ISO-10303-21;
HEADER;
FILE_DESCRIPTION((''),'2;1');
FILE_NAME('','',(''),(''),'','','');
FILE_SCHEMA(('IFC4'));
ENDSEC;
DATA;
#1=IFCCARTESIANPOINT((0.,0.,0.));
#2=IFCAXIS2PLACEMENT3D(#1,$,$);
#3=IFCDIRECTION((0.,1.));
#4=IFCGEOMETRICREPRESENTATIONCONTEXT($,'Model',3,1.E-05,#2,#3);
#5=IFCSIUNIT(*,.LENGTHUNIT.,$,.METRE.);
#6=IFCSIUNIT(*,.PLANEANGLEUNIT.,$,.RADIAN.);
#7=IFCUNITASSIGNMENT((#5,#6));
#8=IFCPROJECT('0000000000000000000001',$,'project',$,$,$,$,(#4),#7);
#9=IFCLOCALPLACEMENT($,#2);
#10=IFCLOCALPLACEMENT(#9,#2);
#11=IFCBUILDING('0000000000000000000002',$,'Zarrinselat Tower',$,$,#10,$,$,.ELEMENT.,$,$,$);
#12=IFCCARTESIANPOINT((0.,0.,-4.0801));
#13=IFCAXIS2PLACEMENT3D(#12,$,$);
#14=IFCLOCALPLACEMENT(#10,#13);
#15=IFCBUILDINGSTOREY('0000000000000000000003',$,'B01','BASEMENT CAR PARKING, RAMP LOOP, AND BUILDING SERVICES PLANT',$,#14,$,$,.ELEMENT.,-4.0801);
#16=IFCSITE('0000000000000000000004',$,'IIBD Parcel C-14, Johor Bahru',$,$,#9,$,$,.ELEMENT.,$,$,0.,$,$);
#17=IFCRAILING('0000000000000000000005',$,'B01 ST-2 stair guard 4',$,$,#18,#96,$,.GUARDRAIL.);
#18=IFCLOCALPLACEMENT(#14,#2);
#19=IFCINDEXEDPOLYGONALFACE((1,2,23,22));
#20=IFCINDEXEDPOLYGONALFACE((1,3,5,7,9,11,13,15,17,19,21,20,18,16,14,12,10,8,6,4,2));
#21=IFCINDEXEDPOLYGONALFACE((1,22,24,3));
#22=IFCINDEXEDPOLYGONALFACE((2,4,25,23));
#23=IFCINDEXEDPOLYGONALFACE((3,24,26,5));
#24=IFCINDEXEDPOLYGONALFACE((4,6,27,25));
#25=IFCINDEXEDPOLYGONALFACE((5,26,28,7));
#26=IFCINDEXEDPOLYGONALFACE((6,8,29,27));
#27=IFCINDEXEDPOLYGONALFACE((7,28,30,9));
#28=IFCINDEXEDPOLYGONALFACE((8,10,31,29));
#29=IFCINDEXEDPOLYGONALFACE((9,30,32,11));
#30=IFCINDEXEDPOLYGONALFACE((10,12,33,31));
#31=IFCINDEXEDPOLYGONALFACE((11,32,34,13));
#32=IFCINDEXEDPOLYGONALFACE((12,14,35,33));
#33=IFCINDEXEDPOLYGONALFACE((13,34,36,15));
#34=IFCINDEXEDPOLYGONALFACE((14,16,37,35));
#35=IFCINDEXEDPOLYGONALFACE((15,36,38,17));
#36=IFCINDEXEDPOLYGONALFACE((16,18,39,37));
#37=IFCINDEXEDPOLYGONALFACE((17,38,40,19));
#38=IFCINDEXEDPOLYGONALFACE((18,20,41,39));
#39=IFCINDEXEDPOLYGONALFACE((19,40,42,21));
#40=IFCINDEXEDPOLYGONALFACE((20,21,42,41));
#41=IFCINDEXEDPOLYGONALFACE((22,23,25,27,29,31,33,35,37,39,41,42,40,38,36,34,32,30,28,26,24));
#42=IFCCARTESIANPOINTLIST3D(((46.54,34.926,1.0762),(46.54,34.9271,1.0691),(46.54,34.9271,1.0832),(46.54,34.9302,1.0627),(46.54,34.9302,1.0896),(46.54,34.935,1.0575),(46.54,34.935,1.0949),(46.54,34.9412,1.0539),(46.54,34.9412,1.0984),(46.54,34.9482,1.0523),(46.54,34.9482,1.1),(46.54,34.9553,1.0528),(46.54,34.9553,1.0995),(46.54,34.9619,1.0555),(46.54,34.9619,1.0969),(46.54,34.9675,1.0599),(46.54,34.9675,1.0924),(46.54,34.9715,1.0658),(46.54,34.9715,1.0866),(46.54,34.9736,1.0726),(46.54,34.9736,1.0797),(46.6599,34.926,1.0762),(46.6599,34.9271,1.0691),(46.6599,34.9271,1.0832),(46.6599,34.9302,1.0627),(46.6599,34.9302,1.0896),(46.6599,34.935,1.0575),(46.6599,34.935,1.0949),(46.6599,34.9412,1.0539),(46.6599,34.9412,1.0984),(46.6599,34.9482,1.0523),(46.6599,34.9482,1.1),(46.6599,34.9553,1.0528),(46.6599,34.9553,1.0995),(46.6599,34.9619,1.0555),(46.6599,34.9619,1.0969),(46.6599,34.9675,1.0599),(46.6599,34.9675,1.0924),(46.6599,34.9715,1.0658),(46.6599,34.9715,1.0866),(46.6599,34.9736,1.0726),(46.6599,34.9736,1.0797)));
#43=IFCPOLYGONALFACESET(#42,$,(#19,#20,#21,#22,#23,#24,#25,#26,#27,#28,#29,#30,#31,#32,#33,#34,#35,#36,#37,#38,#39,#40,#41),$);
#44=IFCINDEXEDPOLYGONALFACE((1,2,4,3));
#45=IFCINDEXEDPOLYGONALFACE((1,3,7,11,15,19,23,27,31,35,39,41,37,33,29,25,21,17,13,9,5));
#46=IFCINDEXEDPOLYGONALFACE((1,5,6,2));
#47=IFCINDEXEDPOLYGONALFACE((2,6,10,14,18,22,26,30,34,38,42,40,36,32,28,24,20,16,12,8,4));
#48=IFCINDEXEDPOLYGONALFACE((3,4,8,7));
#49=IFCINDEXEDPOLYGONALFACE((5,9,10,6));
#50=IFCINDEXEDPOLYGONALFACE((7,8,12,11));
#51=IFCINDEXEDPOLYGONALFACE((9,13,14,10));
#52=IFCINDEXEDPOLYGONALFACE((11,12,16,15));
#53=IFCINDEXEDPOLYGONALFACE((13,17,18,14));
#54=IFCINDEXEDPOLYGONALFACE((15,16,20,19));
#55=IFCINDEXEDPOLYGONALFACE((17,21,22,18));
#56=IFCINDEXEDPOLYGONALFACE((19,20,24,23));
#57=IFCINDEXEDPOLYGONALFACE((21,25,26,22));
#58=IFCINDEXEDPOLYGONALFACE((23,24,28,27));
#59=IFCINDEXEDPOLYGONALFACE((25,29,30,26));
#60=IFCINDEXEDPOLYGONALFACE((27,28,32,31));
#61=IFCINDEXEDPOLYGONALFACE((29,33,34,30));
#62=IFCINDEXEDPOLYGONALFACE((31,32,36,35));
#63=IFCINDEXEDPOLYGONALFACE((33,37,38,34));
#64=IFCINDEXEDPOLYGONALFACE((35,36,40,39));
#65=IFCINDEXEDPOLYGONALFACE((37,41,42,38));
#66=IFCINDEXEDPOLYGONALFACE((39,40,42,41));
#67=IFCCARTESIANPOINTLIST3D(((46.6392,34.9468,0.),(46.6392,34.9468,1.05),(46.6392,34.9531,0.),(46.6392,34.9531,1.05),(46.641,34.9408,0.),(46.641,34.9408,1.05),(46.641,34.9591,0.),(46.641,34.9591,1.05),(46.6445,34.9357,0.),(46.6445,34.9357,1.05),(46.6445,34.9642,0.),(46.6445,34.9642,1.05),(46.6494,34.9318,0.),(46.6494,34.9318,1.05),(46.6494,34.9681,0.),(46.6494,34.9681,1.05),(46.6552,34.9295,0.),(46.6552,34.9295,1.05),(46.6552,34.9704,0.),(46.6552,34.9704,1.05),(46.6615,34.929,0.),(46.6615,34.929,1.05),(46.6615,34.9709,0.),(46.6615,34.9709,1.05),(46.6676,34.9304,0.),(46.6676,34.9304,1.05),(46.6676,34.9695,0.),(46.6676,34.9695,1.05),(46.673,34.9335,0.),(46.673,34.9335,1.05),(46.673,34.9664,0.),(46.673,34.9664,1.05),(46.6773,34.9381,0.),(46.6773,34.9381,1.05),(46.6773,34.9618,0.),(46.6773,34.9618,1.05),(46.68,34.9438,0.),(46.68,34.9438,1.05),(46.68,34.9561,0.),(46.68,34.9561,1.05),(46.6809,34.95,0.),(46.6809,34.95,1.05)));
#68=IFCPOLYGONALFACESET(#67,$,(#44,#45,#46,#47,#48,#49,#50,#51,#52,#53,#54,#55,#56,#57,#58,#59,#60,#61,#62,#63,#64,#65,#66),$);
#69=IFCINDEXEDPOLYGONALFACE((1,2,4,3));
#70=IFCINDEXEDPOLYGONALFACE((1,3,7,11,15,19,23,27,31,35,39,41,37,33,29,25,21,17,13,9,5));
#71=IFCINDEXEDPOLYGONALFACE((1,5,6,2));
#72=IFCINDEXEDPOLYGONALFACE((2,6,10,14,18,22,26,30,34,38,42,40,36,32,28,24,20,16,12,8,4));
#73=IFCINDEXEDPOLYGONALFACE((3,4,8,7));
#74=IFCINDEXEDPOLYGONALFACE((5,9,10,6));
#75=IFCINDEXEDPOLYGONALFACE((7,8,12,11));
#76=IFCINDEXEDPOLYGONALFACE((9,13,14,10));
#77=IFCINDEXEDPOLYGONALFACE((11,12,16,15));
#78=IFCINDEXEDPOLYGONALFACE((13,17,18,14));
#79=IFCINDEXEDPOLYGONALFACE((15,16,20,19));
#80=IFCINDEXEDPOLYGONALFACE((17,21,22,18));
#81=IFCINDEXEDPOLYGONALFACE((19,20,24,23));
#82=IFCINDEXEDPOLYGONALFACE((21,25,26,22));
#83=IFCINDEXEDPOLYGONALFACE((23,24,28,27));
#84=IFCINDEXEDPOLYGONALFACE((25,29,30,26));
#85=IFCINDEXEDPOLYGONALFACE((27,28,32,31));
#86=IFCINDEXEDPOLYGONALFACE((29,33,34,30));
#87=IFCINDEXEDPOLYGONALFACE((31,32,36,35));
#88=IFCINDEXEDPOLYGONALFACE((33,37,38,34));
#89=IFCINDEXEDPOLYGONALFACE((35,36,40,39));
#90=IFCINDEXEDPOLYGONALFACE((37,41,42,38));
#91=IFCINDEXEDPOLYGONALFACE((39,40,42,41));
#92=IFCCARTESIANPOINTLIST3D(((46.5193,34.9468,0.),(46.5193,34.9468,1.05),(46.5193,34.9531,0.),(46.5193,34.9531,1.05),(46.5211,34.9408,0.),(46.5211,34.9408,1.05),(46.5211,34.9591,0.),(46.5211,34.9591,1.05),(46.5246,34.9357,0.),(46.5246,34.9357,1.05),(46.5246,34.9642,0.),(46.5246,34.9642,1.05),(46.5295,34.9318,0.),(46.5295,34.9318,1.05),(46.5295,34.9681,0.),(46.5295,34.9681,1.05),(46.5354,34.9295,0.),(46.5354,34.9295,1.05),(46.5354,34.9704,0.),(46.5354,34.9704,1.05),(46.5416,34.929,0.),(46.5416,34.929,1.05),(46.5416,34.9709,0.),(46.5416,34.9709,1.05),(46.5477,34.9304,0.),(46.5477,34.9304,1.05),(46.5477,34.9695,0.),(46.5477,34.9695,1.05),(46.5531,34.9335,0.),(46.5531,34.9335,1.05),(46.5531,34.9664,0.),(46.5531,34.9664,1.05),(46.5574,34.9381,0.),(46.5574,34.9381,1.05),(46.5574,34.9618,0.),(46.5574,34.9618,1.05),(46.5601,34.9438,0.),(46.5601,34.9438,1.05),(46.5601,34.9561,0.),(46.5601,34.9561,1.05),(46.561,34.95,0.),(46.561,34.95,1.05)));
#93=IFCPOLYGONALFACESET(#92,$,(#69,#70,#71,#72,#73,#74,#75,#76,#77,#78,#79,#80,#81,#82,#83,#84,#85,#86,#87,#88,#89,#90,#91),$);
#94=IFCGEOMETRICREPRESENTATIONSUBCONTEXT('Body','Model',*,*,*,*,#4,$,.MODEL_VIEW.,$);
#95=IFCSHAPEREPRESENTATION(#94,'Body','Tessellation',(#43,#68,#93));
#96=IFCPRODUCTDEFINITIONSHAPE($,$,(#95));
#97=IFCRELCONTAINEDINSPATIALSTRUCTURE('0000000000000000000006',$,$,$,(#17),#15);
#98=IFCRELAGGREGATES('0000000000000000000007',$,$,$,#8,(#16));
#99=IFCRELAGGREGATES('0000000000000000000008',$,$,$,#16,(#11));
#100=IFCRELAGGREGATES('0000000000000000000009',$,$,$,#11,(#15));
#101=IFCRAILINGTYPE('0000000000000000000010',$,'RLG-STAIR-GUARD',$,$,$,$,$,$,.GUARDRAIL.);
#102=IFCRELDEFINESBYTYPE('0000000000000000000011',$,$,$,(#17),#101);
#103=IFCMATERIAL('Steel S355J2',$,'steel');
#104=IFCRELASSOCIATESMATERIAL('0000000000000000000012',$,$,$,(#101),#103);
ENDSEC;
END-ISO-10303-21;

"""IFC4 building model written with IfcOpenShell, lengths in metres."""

from ifc_helpers import new_model, si_unit, direction, frame, origin, origin_2d, place, context, subcontext, project, spatial, circle, extrude, material, type_object, element, save


model = new_model("IFC4")

# Units and contexts
model_context = context("Model", 3, precision=1e-05, world=origin(), true_north=direction((0.0, 1.0)))
body_context = subcontext(model_context, "Body", "Model", "MODEL_VIEW")
ifc_project = project(units=[si_unit("LENGTHUNIT", "METRE"), si_unit("PLANEANGLEUNIT", "RADIAN")], contexts=[model_context])

# Site, building, storey
site_placement = place(None, origin())
site = spatial("IfcSite", under=ifc_project, at=site_placement, Name="IIBD Parcel C-14, Johor Bahru", CompositionType="ELEMENT", RefElevation=0.0)
building_placement = place(site_placement, origin())
building = spatial("IfcBuilding", under=site, at=building_placement, Name="Zarrinselat Tower", CompositionType="ELEMENT")
storey_placement = place(building_placement, frame((0.0, 0.0, -4.0801)))
storey = spatial("IfcBuildingStorey", under=building, at=storey_placement, Name="B01", Description="BASEMENT CAR PARKING, RAMP LOOP, AND BUILDING SERVICES PLANT", CompositionType="ELEMENT", Elevation=-4.0801)

# Railing
ifc_material_1 = material(Name="Steel S355J2", Category="steel")
railing_type_1 = type_object("IfcRailingType", Name="RLG-STAIR-GUARD", PredefinedType="GUARDRAIL", material=ifc_material_1)
railing_1_placement = place(storey_placement, frame((46.6599, 34.95, 0.0)))
element("IfcRailing", 1, at=railing_1_placement, inside=storey, type_object=railing_type_1, Name="B01 ST-2 stair guard 4", PredefinedType="GUARDRAIL", context=body_context, shape_type="SweptSolid", body=[
    extrude(circle(Radius=0.0239, at=origin_2d()), frame((0.0, 0.0, 1.0762), z_axis=(-1.0, 0.0, 0.0), x_axis=(0.0, -1.0, 0.0)), (0.0, 0.0, 1.0), 0.1199),
    extrude(circle(Radius=0.021, at=origin_2d()), origin(), (0.0, 0.0, 1.0), 1.05),
    extrude(circle(Radius=0.021, at=origin_2d()), frame((-0.1199, 0.0, 0.0)), (0.0, 0.0, 1.0), 1.05),
])

save(model, "model.ifc")
